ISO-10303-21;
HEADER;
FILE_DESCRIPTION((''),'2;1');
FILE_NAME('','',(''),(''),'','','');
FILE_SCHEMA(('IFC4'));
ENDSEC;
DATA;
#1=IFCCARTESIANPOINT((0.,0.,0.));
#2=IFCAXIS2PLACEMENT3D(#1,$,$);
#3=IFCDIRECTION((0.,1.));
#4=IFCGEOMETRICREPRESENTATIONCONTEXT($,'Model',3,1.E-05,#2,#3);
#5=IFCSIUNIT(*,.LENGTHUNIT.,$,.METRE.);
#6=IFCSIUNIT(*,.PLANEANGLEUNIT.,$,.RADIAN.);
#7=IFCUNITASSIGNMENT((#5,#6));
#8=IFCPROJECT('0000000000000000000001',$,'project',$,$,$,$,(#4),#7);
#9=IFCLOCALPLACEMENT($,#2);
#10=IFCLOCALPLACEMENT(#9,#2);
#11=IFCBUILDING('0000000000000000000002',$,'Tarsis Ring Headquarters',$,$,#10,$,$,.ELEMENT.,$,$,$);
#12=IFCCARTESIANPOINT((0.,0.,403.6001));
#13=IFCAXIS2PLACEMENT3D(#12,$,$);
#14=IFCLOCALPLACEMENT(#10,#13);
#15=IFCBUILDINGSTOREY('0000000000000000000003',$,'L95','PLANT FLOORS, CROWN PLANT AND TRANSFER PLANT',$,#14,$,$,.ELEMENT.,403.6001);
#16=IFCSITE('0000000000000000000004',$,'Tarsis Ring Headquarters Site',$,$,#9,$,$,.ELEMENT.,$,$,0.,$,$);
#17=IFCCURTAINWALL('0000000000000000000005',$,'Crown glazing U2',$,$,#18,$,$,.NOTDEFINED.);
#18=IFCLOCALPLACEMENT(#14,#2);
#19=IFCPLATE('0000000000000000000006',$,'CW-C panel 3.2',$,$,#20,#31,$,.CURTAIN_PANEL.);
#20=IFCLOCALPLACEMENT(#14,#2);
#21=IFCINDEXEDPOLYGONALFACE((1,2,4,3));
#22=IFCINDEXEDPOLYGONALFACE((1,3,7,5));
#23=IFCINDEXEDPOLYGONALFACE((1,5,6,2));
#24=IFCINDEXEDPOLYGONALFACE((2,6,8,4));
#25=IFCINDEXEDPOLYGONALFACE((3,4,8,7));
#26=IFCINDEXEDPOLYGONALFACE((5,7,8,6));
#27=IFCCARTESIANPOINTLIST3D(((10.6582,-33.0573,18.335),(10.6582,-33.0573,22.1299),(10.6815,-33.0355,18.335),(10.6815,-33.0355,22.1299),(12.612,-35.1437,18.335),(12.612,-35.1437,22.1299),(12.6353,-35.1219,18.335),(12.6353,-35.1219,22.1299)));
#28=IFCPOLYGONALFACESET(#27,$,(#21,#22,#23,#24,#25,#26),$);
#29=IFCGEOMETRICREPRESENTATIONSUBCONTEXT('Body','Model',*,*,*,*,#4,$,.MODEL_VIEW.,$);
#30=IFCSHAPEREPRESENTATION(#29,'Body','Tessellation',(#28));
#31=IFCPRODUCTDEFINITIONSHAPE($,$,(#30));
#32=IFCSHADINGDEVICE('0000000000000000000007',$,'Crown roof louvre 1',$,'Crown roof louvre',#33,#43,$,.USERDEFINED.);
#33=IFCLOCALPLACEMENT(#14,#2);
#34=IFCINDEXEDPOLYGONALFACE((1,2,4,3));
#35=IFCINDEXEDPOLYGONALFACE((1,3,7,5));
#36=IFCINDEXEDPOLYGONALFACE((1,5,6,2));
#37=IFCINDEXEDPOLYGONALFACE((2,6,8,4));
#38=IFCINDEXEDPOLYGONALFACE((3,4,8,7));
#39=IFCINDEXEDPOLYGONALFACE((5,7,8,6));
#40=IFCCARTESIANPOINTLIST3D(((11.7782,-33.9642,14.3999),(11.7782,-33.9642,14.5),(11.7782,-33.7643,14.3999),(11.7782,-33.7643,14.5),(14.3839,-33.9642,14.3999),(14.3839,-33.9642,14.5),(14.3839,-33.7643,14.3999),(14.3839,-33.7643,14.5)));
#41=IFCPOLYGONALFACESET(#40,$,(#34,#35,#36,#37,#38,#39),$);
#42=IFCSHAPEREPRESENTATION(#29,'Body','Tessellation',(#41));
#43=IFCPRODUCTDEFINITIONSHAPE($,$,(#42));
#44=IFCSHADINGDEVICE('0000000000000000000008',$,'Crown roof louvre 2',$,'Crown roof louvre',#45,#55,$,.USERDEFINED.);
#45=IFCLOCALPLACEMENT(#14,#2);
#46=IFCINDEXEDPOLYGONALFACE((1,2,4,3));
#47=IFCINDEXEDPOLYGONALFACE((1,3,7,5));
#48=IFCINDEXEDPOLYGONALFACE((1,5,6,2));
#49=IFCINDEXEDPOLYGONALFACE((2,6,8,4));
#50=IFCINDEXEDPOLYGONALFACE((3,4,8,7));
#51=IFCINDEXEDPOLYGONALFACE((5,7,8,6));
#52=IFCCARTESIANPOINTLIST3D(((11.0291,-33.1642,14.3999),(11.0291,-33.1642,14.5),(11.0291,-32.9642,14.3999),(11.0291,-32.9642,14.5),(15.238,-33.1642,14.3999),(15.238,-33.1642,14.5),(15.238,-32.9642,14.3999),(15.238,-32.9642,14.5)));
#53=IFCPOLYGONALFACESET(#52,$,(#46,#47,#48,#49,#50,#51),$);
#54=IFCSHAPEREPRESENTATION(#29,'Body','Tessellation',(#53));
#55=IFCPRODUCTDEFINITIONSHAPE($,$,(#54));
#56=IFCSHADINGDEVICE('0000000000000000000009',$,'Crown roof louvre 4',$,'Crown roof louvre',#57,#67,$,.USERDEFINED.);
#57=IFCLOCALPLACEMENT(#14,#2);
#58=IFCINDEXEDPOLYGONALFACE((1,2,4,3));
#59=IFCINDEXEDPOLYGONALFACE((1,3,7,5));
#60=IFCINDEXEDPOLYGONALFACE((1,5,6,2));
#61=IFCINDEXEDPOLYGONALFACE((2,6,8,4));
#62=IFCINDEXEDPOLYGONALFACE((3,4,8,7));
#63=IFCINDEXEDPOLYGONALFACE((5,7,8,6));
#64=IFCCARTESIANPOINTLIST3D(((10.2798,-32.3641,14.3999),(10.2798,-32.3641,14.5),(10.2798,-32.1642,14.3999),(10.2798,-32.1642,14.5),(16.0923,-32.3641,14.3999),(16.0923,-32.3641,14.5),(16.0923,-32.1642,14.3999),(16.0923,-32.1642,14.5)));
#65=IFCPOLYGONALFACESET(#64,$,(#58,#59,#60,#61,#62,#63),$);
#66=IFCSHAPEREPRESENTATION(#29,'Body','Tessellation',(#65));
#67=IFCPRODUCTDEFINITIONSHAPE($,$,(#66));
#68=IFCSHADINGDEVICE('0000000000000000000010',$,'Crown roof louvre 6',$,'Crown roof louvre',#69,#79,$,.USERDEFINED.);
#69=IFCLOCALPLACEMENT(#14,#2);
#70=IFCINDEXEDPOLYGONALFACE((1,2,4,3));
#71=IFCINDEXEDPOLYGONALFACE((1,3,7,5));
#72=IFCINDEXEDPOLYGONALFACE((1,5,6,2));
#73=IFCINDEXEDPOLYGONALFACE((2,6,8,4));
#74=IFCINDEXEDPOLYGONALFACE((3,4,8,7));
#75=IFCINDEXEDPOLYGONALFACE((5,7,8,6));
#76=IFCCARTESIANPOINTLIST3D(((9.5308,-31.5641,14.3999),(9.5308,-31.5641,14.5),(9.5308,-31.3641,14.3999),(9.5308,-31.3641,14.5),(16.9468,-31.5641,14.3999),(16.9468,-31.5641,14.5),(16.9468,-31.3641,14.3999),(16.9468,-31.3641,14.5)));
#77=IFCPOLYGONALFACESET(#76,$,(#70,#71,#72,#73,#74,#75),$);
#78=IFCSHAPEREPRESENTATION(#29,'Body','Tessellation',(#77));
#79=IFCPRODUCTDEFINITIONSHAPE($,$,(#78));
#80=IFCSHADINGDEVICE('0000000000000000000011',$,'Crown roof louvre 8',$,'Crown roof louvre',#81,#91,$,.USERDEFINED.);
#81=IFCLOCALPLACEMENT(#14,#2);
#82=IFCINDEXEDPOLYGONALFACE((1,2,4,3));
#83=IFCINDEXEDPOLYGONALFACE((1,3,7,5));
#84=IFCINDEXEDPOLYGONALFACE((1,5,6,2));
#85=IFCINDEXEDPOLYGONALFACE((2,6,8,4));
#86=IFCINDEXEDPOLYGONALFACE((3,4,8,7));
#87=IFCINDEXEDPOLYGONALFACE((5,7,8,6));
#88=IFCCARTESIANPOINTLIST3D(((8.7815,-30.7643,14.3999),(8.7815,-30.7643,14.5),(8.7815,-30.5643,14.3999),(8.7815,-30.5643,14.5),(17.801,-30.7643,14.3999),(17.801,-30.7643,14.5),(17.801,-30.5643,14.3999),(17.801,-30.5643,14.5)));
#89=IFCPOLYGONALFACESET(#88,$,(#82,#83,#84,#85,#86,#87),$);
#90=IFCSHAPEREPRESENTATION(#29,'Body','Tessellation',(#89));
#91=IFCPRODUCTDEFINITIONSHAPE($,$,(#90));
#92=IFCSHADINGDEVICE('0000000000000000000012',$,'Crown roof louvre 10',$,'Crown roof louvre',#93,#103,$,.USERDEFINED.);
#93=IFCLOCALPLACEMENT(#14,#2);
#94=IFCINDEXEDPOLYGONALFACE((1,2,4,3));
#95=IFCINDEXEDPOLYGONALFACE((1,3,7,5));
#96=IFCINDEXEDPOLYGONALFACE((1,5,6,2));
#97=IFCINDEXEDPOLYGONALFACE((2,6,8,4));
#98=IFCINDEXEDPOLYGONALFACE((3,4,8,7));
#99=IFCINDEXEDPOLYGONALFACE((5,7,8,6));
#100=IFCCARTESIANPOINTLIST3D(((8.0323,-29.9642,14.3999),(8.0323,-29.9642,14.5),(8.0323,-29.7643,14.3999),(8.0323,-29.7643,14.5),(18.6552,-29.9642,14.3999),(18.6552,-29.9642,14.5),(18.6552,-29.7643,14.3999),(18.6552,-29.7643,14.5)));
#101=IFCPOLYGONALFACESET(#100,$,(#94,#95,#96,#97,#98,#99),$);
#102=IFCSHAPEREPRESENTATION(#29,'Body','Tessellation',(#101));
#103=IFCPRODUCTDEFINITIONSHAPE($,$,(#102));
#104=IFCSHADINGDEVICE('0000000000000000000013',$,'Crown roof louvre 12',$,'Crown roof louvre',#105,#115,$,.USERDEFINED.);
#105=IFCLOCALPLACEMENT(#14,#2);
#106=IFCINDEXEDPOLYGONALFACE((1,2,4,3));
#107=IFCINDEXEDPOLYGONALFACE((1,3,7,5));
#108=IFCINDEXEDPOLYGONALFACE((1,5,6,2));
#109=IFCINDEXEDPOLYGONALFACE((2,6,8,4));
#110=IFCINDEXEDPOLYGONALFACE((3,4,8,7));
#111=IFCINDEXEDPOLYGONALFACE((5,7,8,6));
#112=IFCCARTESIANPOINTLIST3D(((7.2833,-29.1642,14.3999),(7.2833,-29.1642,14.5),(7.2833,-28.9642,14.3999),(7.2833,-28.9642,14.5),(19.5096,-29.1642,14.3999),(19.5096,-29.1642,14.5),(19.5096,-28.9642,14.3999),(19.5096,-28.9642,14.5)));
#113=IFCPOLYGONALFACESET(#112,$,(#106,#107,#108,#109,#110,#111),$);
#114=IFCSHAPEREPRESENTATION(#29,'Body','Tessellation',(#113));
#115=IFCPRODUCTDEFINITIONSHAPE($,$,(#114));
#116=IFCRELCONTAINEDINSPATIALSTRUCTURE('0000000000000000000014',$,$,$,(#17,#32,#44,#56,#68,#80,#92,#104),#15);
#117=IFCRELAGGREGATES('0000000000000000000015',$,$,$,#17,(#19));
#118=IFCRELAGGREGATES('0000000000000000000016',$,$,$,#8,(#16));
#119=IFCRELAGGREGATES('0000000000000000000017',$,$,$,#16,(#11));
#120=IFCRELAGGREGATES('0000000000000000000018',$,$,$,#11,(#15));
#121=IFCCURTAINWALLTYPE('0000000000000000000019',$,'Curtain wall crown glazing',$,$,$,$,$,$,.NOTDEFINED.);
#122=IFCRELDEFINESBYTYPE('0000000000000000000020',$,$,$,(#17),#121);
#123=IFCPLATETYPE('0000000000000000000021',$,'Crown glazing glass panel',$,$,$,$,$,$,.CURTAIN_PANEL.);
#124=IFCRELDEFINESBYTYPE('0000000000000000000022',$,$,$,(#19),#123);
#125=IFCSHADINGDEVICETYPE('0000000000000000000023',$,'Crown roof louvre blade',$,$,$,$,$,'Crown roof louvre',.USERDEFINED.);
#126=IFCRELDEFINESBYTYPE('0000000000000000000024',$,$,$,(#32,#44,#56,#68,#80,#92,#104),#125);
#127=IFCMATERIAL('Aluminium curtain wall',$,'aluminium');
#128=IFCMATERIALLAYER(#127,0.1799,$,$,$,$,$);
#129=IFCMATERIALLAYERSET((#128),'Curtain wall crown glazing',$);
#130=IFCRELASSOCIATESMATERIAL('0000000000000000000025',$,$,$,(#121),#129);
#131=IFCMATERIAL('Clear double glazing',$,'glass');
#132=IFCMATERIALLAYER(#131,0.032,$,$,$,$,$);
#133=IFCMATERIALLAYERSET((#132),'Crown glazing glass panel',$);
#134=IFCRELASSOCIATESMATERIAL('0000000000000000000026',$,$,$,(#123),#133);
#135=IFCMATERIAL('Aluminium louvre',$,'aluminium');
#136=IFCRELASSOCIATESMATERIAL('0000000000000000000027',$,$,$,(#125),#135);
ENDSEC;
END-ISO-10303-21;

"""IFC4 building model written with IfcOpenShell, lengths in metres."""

from ifc_helpers import new_model, si_unit, direction, frame, origin, origin_2d, place, context, subcontext, project, spatial, rectangle, extrude, material, layer, layer_set, type_object, element, aggregate, save


model = new_model("IFC4")

# Units and contexts
model_context = context("Model", 3, precision=1e-05, world=origin(), true_north=direction((0.0, 1.0)))
body_context = subcontext(model_context, "Body", "Model", "MODEL_VIEW")
ifc_project = project(units=[si_unit("LENGTHUNIT", "METRE"), si_unit("PLANEANGLEUNIT", "RADIAN")], contexts=[model_context])

# Site, building, storey
site_placement = place(None, origin())
site = spatial("IfcSite", under=ifc_project, at=site_placement, Name="Tarsis Ring Headquarters Site", CompositionType="ELEMENT", RefElevation=0.0)
building_placement = place(site_placement, origin())
building = spatial("IfcBuilding", under=site, at=building_placement, Name="Tarsis Ring Headquarters", CompositionType="ELEMENT")
storey_placement = place(building_placement, frame((0.0, 0.0, 403.6001)))
storey = spatial("IfcBuildingStorey", under=building, at=storey_placement, Name="L95", Description="PLANT FLOORS, CROWN PLANT AND TRANSFER PLANT", CompositionType="ELEMENT", Elevation=403.6001)

# Curtain wall, plate
ifc_material_1 = material(Name="Aluminium curtain wall", Category="aluminium")
ifc_layer_1 = layer(ifc_material_1, 0.1799)
ifc_layer_set_1 = layer_set([ifc_layer_1], Name="Curtain wall crown glazing")
curtain_wall_type = type_object("IfcCurtainWallType", Name="Curtain wall crown glazing", PredefinedType="NOTDEFINED", material=ifc_layer_set_1)
curtain_wall_placement = place(storey_placement, origin())
curtain_wall = element("IfcCurtainWall", 1, at=curtain_wall_placement, inside=storey, type_object=curtain_wall_type, Name="Crown glazing U2", PredefinedType="NOTDEFINED")
ifc_material_2 = material(Name="Clear double glazing", Category="glass")
ifc_layer_2 = layer(ifc_material_2, 0.032)
ifc_layer_set_2 = layer_set([ifc_layer_2], Name="Crown glazing glass panel")
plate_type = type_object("IfcPlateType", Name="Crown glazing glass panel", PredefinedType="CURTAIN_PANEL", material=ifc_layer_set_2)
plate_1_placement = place(storey_placement, frame((11.6467, -34.0896, 18.335), z_axis=(0.0, 0.0, 1.0), x_axis=(0.683529, -0.729924, 0.0)))
plate_1 = element("IfcPlate", 2, at=plate_1_placement, type_object=plate_type, Name="CW-C panel 3.2", PredefinedType="CURTAIN_PANEL", context=body_context, shape_type="SweptSolid", body=[
    extrude(rectangle(XDim=2.8584, YDim=0.032, at=origin_2d()), origin(), (0.0, 0.0, 1.0), 3.7949),
])
aggregate(curtain_wall, [plate_1])

# Shading devices
ifc_material_3 = material(Name="Aluminium louvre", Category="aluminium")
shading_device_type = type_object("IfcShadingDeviceType", Name="Crown roof louvre blade", ElementType="Crown roof louvre", PredefinedType="USERDEFINED", material=ifc_material_3)
shading_device_1_placement = place(storey_placement, frame((13.0811, -33.8643, 14.3999), z_axis=(0.0, 0.0, 1.0), x_axis=(1.0, 0.0, 0.0)))
element("IfcShadingDevice", 3, at=shading_device_1_placement, inside=storey, type_object=shading_device_type, Name="Crown roof louvre 1", ObjectType="Crown roof louvre", PredefinedType="USERDEFINED", context=body_context, shape_type="SweptSolid", body=[
    extrude(rectangle(XDim=2.6057, YDim=0.2, at=origin_2d()), origin(), (0.0, 0.0, 1.0), 0.1001),
])
shading_device_2_placement = place(storey_placement, frame((13.1335, -33.0642, 14.3999), z_axis=(0.0, 0.0, 1.0), x_axis=(1.0, 0.0, 0.0)))
element("IfcShadingDevice", 4, at=shading_device_2_placement, inside=storey, type_object=shading_device_type, Name="Crown roof louvre 2", ObjectType="Crown roof louvre", PredefinedType="USERDEFINED", context=body_context, shape_type="SweptSolid", body=[
    extrude(rectangle(XDim=4.209, YDim=0.2, at=origin_2d()), origin(), (0.0, 0.0, 1.0), 0.1001),
])
shading_device_3_placement = place(storey_placement, frame((13.186, -32.2642, 14.3999), z_axis=(0.0, 0.0, 1.0), x_axis=(1.0, 0.0, 0.0)))
element("IfcShadingDevice", 5, at=shading_device_3_placement, inside=storey, type_object=shading_device_type, Name="Crown roof louvre 4", ObjectType="Crown roof louvre", PredefinedType="USERDEFINED", context=body_context, shape_type="SweptSolid", body=[
    extrude(rectangle(XDim=5.8125, YDim=0.2, at=origin_2d()), origin(), (0.0, 0.0, 1.0), 0.1001),
])
shading_device_4_placement = place(storey_placement, frame((13.2388, -31.4641, 14.3999), z_axis=(0.0, 0.0, 1.0), x_axis=(1.0, 0.0, 0.0)))
element("IfcShadingDevice", 6, at=shading_device_4_placement, inside=storey, type_object=shading_device_type, Name="Crown roof louvre 6", ObjectType="Crown roof louvre", PredefinedType="USERDEFINED", context=body_context, shape_type="SweptSolid", body=[
    extrude(rectangle(XDim=7.416, YDim=0.2, at=origin_2d()), origin(), (0.0, 0.0, 1.0), 0.1001),
])
shading_device_5_placement = place(storey_placement, frame((13.2913, -30.6643, 14.3999), z_axis=(0.0, 0.0, 1.0), x_axis=(1.0, 0.0, 0.0)))
element("IfcShadingDevice", 7, at=shading_device_5_placement, inside=storey, type_object=shading_device_type, Name="Crown roof louvre 8", ObjectType="Crown roof louvre", PredefinedType="USERDEFINED", context=body_context, shape_type="SweptSolid", body=[
    extrude(rectangle(XDim=9.0195, YDim=0.2, at=origin_2d()), origin(), (0.0, 0.0, 1.0), 0.1001),
])
shading_device_6_placement = place(storey_placement, frame((13.3438, -29.8643, 14.3999), z_axis=(0.0, 0.0, 1.0), x_axis=(1.0, 0.0, 0.0)))
element("IfcShadingDevice", 8, at=shading_device_6_placement, inside=storey, type_object=shading_device_type, Name="Crown roof louvre 10", ObjectType="Crown roof louvre", PredefinedType="USERDEFINED", context=body_context, shape_type="SweptSolid", body=[
    extrude(rectangle(XDim=10.6228, YDim=0.2, at=origin_2d()), origin(), (0.0, 0.0, 1.0), 0.1001),
])
shading_device_7_placement = place(storey_placement, frame((13.3965, -29.0642, 14.3999), z_axis=(0.0, 0.0, 1.0), x_axis=(1.0, 0.0, 0.0)))
element("IfcShadingDevice", 9, at=shading_device_7_placement, inside=storey, type_object=shading_device_type, Name="Crown roof louvre 12", ObjectType="Crown roof louvre", PredefinedType="USERDEFINED", context=body_context, shape_type="SweptSolid", body=[
    extrude(rectangle(XDim=12.2263, YDim=0.2, at=origin_2d()), origin(), (0.0, 0.0, 1.0), 0.1001),
])

save(model, "model.ifc")
